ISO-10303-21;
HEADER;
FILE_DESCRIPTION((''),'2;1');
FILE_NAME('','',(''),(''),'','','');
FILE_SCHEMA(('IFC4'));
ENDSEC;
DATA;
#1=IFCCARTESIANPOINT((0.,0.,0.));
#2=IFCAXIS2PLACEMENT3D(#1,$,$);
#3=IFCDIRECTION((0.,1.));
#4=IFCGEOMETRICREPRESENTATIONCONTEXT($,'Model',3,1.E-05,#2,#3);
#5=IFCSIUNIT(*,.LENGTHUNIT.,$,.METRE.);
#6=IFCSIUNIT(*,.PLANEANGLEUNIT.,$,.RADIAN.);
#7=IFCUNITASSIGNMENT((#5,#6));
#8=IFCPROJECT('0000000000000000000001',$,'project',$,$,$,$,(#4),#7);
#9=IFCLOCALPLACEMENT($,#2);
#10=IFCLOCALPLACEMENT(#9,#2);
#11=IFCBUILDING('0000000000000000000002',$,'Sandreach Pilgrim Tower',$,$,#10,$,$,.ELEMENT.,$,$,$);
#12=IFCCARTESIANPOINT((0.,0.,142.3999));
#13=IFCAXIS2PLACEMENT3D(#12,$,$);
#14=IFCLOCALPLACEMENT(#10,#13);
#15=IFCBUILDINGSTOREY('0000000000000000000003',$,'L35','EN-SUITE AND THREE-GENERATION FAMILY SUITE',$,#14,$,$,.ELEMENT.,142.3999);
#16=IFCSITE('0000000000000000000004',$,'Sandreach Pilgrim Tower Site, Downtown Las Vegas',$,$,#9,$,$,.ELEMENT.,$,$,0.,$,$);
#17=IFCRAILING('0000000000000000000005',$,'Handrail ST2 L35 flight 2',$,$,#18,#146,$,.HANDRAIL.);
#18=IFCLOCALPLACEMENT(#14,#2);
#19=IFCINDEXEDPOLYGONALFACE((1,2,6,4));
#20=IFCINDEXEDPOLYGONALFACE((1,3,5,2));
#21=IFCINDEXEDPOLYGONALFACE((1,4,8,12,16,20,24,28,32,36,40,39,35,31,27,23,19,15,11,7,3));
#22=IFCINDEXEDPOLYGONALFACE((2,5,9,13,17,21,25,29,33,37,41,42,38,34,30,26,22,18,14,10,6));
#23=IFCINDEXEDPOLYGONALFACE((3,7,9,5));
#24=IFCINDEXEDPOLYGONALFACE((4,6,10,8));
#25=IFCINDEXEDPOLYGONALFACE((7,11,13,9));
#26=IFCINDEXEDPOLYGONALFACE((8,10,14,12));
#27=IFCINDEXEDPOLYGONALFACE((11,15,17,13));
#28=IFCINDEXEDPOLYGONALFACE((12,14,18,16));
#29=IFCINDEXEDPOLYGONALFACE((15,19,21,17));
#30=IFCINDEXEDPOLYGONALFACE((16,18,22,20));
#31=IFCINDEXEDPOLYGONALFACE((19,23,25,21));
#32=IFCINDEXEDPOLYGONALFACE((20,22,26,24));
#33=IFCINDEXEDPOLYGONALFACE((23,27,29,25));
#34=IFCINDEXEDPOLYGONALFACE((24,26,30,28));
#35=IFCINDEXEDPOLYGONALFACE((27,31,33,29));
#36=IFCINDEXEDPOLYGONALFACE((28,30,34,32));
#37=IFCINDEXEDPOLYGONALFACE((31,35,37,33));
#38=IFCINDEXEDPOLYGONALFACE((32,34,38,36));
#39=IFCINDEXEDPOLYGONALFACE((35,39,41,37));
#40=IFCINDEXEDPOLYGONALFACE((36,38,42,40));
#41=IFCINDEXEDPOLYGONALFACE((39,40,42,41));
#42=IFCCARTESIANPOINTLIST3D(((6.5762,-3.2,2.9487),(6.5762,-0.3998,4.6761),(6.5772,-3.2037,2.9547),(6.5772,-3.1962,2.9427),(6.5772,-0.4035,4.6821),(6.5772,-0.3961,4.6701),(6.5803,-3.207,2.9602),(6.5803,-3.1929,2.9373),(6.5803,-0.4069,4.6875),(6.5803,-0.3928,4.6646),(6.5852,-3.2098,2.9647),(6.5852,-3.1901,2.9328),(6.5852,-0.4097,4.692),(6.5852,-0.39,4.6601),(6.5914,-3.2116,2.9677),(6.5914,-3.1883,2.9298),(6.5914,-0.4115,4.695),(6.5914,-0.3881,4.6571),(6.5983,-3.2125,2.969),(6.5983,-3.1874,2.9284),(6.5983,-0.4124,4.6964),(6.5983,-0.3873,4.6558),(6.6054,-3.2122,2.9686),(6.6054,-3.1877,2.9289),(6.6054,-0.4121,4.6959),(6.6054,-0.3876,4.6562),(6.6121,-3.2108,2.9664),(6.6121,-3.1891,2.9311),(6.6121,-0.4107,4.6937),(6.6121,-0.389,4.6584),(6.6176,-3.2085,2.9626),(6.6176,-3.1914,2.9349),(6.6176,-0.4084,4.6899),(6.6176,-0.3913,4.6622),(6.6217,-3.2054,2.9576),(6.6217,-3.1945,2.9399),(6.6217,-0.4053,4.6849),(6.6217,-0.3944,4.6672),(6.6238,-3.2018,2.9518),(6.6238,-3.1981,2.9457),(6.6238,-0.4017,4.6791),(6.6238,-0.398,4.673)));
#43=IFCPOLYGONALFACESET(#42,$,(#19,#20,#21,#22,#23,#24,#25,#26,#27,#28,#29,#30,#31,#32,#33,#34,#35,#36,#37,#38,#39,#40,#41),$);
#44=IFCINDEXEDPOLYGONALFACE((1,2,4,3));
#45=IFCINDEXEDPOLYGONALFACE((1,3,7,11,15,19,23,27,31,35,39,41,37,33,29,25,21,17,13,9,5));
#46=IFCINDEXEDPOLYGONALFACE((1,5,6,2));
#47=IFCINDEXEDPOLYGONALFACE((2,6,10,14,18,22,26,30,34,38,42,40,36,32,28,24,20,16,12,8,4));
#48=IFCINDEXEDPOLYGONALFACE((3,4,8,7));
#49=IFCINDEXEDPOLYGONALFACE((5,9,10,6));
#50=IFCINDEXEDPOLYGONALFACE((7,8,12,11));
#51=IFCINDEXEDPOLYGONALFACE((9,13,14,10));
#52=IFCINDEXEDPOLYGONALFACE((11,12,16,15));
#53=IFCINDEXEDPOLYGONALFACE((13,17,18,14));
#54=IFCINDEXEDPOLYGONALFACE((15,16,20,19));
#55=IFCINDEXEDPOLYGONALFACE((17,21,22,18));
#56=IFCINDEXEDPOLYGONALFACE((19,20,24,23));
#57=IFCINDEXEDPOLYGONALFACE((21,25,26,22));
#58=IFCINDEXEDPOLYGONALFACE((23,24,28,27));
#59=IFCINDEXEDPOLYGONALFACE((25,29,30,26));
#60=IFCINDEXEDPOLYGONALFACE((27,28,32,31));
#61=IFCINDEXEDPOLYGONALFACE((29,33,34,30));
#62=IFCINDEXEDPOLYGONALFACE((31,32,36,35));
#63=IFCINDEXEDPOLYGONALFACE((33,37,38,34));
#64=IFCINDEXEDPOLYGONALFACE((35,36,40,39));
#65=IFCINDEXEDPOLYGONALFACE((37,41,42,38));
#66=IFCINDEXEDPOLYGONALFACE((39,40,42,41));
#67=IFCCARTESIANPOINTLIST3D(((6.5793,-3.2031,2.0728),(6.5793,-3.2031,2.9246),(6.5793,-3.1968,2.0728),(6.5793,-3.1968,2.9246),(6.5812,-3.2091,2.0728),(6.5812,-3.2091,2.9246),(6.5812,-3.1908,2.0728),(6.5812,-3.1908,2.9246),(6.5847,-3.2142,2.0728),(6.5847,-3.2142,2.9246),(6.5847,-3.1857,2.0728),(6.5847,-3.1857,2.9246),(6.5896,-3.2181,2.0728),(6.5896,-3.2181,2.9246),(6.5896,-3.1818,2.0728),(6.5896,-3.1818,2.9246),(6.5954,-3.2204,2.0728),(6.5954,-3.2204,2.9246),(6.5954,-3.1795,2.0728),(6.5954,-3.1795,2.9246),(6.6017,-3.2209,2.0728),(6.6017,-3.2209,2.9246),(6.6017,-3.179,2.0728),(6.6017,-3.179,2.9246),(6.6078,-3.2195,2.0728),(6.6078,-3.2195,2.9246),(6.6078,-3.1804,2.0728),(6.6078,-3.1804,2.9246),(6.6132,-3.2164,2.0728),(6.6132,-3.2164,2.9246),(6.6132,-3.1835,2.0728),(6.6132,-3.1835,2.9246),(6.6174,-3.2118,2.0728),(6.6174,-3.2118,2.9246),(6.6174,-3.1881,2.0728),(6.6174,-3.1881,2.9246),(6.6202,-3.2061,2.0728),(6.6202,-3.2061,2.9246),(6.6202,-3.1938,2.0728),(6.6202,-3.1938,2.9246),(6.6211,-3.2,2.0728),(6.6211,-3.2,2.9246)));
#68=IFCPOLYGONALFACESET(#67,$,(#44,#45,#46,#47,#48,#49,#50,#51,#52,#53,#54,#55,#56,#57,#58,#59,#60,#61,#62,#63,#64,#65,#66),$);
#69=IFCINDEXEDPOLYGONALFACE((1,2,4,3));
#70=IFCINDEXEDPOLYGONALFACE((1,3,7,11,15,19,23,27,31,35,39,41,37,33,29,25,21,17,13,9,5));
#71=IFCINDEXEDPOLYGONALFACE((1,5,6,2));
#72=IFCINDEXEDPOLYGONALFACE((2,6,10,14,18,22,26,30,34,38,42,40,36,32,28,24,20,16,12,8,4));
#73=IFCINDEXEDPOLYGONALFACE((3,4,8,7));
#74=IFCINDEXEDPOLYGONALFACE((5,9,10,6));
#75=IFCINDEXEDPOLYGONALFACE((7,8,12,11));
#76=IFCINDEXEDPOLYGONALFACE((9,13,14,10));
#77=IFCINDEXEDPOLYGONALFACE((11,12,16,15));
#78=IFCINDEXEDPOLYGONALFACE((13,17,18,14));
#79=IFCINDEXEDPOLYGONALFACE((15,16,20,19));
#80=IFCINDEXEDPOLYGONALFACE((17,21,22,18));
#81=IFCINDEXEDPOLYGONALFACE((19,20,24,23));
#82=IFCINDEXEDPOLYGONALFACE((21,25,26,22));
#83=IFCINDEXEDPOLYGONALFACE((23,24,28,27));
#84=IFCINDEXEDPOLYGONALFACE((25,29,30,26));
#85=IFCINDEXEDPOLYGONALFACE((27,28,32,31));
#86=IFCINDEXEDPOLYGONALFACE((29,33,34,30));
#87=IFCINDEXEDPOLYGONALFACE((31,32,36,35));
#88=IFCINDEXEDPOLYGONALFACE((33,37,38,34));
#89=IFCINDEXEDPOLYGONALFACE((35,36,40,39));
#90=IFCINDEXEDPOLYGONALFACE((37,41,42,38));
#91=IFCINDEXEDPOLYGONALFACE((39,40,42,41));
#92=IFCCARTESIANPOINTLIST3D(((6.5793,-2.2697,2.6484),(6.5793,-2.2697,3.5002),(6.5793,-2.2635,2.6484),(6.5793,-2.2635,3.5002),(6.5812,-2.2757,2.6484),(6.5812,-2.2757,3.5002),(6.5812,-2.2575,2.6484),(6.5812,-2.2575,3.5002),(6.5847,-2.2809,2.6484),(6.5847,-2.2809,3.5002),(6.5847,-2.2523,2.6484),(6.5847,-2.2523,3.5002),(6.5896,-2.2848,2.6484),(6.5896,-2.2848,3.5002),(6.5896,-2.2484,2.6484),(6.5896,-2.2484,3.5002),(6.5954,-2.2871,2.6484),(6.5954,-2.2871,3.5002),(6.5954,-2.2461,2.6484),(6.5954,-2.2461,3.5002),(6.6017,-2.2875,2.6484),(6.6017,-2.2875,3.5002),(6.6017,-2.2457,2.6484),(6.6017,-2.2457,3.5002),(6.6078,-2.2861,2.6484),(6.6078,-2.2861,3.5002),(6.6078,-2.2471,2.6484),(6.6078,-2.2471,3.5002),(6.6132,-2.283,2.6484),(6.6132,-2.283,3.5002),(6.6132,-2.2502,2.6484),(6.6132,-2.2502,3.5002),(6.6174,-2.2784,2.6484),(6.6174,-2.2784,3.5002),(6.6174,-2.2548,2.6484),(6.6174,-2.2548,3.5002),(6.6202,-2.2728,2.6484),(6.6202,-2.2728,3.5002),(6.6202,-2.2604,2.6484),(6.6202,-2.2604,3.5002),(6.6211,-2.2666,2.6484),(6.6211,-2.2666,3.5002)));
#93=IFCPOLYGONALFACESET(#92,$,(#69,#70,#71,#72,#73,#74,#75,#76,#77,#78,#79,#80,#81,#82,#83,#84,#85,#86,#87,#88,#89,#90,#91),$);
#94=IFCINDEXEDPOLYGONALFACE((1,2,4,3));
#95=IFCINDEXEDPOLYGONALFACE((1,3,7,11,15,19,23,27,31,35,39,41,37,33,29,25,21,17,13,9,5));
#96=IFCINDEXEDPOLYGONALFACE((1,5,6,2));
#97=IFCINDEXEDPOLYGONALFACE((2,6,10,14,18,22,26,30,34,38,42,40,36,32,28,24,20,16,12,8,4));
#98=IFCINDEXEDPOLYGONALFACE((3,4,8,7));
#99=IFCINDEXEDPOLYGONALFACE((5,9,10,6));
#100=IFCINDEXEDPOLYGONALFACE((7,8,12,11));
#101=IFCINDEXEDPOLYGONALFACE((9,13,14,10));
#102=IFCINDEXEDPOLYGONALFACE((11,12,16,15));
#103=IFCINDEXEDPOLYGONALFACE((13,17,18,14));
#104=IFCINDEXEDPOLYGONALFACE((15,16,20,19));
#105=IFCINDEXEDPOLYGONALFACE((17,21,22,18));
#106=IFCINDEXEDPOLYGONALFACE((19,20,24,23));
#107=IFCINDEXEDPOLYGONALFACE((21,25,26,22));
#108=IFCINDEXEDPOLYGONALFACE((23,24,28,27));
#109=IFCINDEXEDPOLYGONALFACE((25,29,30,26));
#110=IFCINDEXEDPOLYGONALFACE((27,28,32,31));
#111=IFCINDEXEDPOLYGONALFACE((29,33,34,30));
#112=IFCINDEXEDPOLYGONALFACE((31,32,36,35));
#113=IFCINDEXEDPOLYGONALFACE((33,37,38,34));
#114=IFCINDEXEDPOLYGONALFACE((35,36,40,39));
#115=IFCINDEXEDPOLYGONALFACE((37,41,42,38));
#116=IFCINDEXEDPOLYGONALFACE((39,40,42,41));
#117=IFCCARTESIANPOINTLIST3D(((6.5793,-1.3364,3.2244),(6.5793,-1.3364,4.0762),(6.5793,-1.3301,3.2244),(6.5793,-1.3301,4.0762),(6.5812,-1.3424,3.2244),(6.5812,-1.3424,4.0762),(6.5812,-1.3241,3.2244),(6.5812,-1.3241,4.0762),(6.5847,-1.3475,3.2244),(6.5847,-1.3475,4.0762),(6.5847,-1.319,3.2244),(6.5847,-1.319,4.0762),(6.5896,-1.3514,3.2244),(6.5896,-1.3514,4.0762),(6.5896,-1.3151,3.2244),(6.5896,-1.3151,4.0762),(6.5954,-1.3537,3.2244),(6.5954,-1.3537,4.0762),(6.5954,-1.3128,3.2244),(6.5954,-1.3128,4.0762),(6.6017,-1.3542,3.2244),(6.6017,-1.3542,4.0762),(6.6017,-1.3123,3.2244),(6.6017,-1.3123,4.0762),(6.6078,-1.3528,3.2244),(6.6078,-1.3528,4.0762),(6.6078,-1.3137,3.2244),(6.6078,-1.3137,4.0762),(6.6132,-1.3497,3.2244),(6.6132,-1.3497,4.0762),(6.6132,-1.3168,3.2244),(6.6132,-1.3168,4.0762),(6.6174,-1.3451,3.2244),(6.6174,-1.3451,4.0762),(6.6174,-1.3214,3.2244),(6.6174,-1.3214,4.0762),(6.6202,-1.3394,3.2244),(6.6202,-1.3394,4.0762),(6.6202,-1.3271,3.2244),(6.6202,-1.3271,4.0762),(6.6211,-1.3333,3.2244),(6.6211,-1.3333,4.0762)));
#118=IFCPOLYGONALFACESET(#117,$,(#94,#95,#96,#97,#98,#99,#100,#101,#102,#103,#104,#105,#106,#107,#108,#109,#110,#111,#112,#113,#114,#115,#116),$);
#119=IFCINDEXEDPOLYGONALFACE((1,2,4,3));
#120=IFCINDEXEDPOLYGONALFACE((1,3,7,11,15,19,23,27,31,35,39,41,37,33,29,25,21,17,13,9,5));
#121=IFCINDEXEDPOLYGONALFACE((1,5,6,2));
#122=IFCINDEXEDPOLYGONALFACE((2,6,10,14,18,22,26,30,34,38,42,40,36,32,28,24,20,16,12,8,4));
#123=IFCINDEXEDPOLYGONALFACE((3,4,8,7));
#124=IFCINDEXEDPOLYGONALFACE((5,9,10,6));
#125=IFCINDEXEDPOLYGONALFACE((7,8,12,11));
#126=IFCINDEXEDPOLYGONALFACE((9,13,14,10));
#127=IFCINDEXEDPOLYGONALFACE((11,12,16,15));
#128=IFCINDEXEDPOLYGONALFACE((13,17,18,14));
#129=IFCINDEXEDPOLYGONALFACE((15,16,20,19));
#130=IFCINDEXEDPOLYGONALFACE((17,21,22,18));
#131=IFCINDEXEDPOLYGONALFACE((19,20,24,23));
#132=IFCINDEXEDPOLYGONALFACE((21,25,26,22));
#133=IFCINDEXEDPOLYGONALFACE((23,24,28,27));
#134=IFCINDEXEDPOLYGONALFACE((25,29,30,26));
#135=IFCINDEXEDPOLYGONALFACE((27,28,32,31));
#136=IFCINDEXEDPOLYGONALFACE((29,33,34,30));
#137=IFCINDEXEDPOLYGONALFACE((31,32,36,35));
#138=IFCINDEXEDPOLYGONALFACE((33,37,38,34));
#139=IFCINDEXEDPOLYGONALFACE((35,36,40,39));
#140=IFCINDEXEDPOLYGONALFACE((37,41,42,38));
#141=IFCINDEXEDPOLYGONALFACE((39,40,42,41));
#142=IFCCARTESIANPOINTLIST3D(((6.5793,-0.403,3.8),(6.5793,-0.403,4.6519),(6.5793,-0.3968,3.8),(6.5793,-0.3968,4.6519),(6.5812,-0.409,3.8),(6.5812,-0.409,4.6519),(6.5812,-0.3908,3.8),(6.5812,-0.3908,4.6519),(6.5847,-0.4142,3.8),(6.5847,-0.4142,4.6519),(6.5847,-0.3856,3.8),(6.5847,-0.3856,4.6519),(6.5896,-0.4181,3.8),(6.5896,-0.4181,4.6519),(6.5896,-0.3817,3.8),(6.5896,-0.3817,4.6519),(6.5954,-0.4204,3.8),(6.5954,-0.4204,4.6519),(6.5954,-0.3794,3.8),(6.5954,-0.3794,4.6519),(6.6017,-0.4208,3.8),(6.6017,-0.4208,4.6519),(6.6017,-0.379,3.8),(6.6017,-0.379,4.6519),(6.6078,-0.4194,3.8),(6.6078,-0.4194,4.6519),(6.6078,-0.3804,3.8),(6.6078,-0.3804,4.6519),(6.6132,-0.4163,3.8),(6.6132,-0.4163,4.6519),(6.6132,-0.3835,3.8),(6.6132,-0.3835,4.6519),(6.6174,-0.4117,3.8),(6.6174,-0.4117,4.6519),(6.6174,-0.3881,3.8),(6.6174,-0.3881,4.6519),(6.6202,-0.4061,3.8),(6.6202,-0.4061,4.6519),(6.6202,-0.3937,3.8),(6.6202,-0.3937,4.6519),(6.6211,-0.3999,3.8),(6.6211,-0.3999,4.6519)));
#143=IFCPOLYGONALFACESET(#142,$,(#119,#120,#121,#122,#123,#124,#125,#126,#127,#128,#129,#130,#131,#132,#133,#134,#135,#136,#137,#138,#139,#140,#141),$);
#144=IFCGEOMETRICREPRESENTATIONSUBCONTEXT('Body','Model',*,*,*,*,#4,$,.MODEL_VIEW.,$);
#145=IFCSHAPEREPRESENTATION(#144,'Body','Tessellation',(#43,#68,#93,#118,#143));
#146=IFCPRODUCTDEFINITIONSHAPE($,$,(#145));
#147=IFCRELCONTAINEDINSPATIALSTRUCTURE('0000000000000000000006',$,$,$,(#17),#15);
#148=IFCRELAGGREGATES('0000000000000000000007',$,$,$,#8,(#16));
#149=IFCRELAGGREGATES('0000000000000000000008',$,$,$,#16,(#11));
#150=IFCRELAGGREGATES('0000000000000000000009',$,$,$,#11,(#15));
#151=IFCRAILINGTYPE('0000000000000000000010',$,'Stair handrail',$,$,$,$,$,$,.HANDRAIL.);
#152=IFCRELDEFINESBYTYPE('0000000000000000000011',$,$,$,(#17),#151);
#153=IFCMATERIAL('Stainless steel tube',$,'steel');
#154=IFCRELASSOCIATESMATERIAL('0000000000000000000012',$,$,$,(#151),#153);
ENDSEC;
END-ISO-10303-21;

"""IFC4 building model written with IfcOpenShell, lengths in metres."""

from ifc_helpers import new_model, si_unit, direction, frame, origin, origin_2d, place, context, subcontext, project, spatial, circle, extrude, material, type_object, element, save


model = new_model("IFC4")

# Units and contexts
model_context = context("Model", 3, precision=1e-05, world=origin(), true_north=direction((0.0, 1.0)))
body_context = subcontext(model_context, "Body", "Model", "MODEL_VIEW")
ifc_project = project(units=[si_unit("LENGTHUNIT", "METRE"), si_unit("PLANEANGLEUNIT", "RADIAN")], contexts=[model_context])

# Site, building, storey
site_placement = place(None, origin())
site = spatial("IfcSite", under=ifc_project, at=site_placement, Name="Sandreach Pilgrim Tower Site, Downtown Las Vegas", CompositionType="ELEMENT", RefElevation=0.0)
building_placement = place(site_placement, origin())
building = spatial("IfcBuilding", under=site, at=building_placement, Name="Sandreach Pilgrim Tower", CompositionType="ELEMENT")
storey_placement = place(building_placement, frame((0.0, 0.0, 142.3999)))
storey = spatial("IfcBuildingStorey", under=building, at=storey_placement, Name="L35", Description="EN-SUITE AND THREE-GENERATION FAMILY SUITE", CompositionType="ELEMENT", Elevation=142.3999)

# Railing
ifc_material_1 = material(Name="Stainless steel tube", Category="steel")
railing_type = type_object("IfcRailingType", Name="Stair handrail", PredefinedType="HANDRAIL", material=ifc_material_1)
for number, where, name in (
    (1, (6.6001, -3.2, 2.0728), "Handrail ST2 L35 flight 2"),
):
    element("IfcRailing", number, at=place(storey_placement, frame(where)), inside=storey, type_object=railing_type, Name=name, PredefinedType="HANDRAIL", context=body_context, shape_type="SweptSolid", body=[
        extrude(circle(Radius=0.0239, at=origin_2d()), frame((0.0, 0.0, 0.876), z_axis=(0.0, 0.85109, 0.52502), x_axis=(-1.0, 0.0, 0.0)), (0.0, 0.0, 1.0), 3.29),
        extrude(circle(Radius=0.021, at=origin_2d()), origin(), (0.0, 0.0, 1.0), 0.8518),
        extrude(circle(Radius=0.021, at=origin_2d()), frame((0.0, 0.9333, 0.5757)), (0.0, 0.0, 1.0), 0.8518),
        extrude(circle(Radius=0.021, at=origin_2d()), frame((0.0, 1.8667, 1.1516)), (0.0, 0.0, 1.0), 0.8518),
        extrude(circle(Radius=0.021, at=origin_2d()), frame((0.0, 2.8, 1.7273)), (0.0, 0.0, 1.0), 0.8518),
    ])

save(model, "model.ifc")
